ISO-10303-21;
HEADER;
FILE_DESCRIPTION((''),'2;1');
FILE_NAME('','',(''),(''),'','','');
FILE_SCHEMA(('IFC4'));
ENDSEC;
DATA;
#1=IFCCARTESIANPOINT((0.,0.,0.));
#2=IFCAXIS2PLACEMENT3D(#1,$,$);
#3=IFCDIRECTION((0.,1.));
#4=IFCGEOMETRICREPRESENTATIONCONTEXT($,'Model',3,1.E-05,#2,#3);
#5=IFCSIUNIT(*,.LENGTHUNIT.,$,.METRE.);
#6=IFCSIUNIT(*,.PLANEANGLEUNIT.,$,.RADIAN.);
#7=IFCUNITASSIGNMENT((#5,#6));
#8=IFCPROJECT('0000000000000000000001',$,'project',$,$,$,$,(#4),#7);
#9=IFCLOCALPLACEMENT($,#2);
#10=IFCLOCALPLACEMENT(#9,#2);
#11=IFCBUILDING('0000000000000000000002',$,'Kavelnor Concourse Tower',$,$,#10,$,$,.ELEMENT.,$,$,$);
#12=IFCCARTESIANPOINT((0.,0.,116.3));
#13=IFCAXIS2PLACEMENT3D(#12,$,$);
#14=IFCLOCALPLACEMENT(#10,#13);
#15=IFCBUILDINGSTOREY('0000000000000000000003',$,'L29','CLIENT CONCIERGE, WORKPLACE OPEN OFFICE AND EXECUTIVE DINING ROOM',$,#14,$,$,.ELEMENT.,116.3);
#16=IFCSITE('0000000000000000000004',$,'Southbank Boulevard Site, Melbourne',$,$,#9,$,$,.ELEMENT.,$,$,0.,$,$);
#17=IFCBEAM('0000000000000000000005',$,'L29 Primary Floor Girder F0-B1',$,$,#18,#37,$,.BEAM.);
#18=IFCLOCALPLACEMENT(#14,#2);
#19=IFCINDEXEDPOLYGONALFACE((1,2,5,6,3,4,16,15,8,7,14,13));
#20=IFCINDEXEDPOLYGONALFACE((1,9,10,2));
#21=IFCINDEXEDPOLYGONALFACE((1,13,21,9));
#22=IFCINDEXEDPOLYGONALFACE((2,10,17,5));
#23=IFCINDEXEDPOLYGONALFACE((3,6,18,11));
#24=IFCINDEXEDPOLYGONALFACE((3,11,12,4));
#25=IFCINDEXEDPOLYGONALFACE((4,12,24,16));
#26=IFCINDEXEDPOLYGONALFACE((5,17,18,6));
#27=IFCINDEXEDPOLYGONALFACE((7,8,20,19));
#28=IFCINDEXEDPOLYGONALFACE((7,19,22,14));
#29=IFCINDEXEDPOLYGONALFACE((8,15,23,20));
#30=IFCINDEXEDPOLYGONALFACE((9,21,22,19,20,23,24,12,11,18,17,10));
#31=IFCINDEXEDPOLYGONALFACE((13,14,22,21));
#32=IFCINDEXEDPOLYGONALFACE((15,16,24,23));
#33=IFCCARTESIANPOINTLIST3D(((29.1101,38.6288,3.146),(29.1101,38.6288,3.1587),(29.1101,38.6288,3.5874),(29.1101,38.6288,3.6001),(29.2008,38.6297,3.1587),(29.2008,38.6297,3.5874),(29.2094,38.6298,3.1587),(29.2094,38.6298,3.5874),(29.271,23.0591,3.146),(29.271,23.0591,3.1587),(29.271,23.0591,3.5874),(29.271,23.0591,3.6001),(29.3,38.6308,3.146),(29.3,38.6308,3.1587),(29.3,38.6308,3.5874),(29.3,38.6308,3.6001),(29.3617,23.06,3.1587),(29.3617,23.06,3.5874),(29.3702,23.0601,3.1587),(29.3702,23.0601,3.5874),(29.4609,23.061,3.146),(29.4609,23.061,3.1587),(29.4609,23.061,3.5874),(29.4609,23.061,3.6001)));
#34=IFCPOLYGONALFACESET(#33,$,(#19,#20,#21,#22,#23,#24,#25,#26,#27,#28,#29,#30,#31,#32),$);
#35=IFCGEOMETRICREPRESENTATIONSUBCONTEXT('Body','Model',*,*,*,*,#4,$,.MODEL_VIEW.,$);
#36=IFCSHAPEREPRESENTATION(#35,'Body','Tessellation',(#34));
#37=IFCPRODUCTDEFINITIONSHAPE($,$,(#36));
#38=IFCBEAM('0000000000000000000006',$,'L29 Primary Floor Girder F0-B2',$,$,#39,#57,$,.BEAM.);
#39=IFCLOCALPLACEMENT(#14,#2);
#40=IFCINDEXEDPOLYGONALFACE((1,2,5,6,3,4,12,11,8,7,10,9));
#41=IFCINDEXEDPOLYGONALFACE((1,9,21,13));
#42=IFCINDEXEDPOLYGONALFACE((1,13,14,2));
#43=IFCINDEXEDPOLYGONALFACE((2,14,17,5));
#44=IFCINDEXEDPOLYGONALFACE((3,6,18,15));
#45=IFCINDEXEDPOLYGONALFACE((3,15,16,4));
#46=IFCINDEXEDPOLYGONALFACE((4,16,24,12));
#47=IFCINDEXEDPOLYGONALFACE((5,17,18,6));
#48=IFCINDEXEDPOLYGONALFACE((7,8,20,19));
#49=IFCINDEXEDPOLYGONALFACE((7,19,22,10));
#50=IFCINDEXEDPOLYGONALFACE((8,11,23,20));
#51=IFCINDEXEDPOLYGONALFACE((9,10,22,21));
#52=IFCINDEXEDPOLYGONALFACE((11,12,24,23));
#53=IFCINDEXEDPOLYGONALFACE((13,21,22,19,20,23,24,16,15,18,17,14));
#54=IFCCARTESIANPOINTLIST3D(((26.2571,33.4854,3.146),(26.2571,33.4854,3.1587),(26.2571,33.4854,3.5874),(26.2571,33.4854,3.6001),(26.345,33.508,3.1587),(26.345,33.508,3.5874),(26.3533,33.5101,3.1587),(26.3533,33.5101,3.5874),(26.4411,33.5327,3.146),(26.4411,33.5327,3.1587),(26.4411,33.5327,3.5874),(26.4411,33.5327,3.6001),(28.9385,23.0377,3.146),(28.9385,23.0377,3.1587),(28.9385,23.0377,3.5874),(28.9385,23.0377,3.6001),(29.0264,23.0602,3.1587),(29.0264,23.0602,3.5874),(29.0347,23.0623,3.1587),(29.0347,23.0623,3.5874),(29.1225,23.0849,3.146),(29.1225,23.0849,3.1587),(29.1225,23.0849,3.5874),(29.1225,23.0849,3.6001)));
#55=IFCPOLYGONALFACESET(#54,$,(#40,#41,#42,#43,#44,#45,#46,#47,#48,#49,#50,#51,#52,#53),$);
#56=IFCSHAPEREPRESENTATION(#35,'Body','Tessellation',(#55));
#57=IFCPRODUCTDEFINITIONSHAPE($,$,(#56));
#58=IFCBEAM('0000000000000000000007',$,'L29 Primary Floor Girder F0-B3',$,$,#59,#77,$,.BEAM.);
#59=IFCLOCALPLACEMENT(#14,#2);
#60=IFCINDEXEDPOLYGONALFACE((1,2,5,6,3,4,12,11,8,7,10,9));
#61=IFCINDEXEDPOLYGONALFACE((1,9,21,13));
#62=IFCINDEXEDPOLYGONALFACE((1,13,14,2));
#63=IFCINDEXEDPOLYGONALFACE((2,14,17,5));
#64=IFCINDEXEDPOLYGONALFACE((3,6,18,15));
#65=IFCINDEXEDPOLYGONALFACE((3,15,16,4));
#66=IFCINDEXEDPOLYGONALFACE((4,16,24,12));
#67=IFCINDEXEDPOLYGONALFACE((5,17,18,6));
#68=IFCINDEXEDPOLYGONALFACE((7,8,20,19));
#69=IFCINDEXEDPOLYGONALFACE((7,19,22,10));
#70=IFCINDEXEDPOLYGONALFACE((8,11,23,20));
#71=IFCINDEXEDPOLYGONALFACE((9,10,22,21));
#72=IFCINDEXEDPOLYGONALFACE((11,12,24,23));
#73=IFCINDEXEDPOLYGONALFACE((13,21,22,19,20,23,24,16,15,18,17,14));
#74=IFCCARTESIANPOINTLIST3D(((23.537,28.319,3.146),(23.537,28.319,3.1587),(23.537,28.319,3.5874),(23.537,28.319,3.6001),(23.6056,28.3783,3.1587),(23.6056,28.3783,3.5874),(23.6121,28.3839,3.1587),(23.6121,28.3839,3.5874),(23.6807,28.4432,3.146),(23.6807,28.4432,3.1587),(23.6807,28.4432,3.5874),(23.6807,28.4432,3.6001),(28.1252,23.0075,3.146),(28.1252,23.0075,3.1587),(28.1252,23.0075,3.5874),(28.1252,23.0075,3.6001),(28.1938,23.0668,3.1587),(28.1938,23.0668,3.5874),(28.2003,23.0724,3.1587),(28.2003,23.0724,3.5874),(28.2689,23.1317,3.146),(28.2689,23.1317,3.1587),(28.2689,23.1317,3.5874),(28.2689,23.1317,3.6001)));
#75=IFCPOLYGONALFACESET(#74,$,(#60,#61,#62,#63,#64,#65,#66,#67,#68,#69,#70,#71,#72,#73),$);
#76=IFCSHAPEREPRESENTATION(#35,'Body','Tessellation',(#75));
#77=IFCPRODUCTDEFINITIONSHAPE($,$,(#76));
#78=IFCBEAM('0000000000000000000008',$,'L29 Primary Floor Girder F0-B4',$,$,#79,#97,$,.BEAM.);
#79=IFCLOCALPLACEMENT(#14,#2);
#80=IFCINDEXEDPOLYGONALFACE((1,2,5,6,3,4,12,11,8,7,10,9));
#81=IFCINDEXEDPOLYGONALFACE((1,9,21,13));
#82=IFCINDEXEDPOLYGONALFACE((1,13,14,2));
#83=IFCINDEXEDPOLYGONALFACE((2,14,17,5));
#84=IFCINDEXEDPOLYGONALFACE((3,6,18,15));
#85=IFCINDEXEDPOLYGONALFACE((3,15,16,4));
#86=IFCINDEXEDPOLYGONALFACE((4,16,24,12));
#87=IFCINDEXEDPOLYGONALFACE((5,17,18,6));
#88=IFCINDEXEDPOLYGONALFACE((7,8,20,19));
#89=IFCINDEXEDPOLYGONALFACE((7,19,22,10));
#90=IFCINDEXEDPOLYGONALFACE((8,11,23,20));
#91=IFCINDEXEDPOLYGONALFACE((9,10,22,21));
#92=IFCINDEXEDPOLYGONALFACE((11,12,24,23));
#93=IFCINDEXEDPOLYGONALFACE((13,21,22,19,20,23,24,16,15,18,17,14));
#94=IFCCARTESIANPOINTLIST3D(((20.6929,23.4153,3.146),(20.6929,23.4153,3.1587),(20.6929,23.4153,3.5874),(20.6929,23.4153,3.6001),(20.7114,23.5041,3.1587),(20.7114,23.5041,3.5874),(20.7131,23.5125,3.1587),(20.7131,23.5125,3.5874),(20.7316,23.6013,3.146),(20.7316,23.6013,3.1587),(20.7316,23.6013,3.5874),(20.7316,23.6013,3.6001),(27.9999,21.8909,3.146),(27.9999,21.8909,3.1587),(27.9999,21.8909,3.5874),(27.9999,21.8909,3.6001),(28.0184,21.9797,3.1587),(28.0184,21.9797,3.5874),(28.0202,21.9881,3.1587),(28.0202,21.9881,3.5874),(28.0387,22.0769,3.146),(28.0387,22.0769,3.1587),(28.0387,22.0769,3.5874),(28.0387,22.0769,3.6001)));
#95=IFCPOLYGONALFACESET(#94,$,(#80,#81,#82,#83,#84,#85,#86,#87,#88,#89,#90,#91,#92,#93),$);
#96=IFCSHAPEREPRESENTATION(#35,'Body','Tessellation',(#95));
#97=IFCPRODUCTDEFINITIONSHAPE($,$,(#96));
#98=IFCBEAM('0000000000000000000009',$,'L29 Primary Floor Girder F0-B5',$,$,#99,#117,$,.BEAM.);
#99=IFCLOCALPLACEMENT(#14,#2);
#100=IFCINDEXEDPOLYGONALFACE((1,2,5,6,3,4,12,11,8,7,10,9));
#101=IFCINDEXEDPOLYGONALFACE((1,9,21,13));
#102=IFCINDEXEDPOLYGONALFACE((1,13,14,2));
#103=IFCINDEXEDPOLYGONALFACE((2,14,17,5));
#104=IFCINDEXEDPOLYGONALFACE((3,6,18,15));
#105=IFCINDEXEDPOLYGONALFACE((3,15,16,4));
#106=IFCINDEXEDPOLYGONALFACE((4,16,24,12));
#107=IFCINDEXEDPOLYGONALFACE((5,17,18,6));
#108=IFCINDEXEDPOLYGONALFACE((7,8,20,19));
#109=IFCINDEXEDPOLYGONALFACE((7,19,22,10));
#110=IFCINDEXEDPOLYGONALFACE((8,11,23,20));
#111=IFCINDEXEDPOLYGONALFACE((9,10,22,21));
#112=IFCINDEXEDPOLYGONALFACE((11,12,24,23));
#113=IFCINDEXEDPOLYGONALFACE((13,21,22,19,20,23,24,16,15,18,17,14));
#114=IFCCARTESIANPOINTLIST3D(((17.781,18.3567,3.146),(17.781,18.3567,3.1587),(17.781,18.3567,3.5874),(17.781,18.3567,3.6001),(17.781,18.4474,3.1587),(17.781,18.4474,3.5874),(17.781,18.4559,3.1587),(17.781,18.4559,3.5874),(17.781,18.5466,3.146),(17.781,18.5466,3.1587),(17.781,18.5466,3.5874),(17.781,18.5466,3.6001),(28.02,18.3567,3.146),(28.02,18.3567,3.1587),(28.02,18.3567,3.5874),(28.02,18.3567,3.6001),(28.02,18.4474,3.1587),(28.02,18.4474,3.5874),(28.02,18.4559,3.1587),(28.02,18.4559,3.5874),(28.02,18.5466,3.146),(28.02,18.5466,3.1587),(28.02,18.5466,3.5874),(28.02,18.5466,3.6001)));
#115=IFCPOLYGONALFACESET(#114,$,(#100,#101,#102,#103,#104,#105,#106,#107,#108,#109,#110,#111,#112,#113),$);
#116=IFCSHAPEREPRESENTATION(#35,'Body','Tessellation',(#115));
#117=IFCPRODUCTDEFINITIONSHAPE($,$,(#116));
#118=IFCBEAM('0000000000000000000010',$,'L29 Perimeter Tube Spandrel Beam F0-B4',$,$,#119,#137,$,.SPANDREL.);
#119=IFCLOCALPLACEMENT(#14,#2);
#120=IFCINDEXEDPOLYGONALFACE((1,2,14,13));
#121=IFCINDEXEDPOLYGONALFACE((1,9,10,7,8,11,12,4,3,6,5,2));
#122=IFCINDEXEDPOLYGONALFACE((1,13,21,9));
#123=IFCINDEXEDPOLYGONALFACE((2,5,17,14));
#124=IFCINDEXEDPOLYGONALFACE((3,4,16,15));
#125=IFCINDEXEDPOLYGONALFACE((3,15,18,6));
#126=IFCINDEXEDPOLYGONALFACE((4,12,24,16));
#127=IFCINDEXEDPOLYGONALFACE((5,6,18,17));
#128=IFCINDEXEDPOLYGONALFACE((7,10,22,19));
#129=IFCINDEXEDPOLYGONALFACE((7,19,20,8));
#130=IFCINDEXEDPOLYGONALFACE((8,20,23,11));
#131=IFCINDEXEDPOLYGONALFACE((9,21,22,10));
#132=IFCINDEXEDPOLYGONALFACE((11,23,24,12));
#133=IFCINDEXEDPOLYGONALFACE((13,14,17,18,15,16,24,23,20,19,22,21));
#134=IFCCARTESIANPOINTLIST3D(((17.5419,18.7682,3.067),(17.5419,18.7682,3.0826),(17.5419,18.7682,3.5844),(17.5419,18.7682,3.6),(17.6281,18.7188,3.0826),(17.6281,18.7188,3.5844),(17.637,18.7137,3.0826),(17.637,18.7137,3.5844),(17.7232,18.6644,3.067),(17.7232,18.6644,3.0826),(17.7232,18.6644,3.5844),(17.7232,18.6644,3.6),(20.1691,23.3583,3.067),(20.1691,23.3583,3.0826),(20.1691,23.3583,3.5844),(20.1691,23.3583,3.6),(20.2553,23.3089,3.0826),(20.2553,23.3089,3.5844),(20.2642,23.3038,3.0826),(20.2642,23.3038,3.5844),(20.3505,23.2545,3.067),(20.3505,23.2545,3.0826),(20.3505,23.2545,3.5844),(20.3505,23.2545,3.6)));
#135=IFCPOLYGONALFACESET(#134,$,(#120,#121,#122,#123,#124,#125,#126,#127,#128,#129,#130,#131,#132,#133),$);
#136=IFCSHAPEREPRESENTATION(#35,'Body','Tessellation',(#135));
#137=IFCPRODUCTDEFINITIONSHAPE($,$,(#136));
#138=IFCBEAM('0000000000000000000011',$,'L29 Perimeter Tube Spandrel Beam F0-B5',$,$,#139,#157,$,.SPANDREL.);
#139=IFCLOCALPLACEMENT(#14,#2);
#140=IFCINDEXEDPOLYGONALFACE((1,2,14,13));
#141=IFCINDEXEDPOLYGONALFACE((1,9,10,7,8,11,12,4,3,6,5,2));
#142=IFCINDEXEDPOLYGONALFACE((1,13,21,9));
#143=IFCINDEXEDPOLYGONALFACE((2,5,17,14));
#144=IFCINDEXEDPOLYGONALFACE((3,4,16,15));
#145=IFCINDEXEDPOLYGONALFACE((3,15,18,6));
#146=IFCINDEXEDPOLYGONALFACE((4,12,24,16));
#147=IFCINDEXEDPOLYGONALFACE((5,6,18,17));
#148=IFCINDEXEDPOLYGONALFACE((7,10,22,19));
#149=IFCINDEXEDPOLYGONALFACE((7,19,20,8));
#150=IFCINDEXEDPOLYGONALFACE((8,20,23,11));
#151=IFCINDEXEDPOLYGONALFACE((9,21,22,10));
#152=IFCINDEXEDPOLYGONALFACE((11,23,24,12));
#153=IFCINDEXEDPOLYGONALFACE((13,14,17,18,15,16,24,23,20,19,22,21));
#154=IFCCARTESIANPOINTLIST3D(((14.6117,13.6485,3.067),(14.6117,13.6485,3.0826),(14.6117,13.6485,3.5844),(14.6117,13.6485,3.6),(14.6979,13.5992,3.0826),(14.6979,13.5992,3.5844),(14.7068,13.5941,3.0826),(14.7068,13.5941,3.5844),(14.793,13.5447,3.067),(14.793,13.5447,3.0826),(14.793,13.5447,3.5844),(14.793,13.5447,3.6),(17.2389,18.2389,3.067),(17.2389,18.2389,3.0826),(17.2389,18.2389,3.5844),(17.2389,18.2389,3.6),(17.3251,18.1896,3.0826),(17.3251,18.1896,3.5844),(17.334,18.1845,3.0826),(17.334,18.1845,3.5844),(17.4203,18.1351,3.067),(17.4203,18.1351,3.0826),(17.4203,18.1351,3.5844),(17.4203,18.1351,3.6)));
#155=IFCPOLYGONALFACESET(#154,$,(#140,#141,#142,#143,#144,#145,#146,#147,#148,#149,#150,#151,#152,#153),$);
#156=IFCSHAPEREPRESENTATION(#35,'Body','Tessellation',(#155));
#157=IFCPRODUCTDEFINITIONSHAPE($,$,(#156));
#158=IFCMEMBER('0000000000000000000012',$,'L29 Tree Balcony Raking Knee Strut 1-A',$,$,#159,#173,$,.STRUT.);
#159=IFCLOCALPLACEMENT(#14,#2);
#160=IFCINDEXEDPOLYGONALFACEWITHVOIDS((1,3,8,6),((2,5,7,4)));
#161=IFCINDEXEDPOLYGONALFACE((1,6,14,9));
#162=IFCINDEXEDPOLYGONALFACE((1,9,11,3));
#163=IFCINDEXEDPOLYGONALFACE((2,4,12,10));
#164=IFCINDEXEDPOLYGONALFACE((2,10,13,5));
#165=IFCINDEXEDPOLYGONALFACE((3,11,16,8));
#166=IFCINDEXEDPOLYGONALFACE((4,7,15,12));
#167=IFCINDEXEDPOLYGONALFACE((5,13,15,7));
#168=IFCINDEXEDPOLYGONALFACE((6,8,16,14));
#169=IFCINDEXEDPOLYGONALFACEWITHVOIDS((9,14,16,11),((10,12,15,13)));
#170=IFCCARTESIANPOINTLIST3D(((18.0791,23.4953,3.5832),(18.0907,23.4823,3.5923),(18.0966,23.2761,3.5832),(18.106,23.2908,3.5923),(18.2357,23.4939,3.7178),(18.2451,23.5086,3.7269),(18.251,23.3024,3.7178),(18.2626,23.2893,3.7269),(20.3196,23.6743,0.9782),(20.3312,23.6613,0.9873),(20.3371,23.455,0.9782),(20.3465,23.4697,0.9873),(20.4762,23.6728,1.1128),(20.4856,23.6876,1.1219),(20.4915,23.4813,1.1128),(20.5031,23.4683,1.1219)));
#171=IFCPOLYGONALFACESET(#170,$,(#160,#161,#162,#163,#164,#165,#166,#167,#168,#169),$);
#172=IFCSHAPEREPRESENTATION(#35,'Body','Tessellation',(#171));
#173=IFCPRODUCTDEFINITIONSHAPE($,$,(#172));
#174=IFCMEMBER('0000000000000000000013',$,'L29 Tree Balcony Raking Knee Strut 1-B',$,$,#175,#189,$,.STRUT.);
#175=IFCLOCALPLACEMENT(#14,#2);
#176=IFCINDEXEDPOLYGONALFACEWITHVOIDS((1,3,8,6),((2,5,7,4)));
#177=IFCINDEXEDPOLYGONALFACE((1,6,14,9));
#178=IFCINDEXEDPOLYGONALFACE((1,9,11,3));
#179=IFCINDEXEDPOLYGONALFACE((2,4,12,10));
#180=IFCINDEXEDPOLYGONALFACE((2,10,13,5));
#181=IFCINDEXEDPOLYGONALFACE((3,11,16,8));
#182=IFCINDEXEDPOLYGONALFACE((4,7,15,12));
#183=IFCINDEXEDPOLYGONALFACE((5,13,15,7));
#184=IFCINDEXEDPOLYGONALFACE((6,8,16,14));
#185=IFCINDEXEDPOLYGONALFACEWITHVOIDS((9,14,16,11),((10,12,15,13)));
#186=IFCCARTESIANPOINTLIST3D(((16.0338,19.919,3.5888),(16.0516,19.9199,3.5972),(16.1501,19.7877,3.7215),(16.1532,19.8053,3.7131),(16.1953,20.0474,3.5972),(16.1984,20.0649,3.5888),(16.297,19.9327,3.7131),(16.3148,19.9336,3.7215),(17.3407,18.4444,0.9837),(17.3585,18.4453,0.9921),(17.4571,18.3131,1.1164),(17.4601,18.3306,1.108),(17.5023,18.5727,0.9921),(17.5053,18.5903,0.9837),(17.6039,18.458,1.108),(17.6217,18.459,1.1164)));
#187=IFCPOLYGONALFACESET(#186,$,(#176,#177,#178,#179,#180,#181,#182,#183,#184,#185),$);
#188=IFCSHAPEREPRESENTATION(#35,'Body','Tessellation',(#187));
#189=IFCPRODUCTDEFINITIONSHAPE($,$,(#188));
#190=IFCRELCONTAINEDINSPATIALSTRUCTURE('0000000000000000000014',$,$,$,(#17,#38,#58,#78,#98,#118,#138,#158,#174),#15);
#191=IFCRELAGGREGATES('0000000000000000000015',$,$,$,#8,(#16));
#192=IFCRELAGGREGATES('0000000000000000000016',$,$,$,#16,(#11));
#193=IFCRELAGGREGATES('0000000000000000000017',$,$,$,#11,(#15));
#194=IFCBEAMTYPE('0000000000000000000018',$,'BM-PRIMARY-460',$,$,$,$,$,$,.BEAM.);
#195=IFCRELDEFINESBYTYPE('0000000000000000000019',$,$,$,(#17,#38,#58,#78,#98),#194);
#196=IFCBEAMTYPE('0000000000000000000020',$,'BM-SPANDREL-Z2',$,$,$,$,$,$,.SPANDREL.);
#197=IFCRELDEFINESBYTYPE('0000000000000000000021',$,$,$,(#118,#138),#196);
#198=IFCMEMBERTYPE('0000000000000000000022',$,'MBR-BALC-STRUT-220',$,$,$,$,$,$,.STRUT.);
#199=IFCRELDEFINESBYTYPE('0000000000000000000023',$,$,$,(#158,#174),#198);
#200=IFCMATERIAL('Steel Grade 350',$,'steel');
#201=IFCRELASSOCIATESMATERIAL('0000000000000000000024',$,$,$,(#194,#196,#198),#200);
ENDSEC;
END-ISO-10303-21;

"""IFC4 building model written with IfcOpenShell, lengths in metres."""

from ifc_helpers import new_model, si_unit, direction, frame, origin, origin_2d, place, context, subcontext, project, spatial, hollow_rectangle, i_section, extrude, material, material_profile, profile_set, type_object, element, save


model = new_model("IFC4")

# Units and contexts
model_context = context("Model", 3, precision=1e-05, world=origin(), true_north=direction((0.0, 1.0)))
body_context = subcontext(model_context, "Body", "Model", "MODEL_VIEW")
ifc_project = project(units=[si_unit("LENGTHUNIT", "METRE"), si_unit("PLANEANGLEUNIT", "RADIAN")], contexts=[model_context])

# Site, building, storey
site_placement = place(None, origin())
site = spatial("IfcSite", under=ifc_project, at=site_placement, Name="Southbank Boulevard Site, Melbourne", CompositionType="ELEMENT", RefElevation=0.0)
building_placement = place(site_placement, origin())
building = spatial("IfcBuilding", under=site, at=building_placement, Name="Kavelnor Concourse Tower", CompositionType="ELEMENT")
storey_placement = place(building_placement, frame((0.0, 0.0, 116.3)))
storey = spatial("IfcBuildingStorey", under=building, at=storey_placement, Name="L29", Description="CLIENT CONCIERGE, WORKPLACE OPEN OFFICE AND EXECUTIVE DINING ROOM", CompositionType="ELEMENT", Elevation=116.3)

# Shared definitions
ifc_material_1 = material(Name="Steel Grade 350", Category="steel")

# Beams
ifc_material_profile_1 = material_profile(ifc_material_1, i_section(OverallWidth=0.1899, OverallDepth=0.4541, WebThickness=0.0085, FlangeThickness=0.0127, at=origin_2d()), Name="460UB67")
ifc_profile_set_1 = profile_set([ifc_material_profile_1], Name="Steel Grade 350")
beam_type_1 = type_object("IfcBeamType", Name="BM-PRIMARY-460", PredefinedType="BEAM", material=ifc_profile_set_1)
beam_1_placement = place(storey_placement, frame((29.366, 23.0601, 3.373), z_axis=(-0.010333, 0.999947, 0.0), x_axis=(-0.999947, -0.010333, 0.0)))
element("IfcBeam", 1, at=beam_1_placement, inside=storey, type_object=beam_type_1, Name="L29 Primary Floor Girder F0-B1", PredefinedType="BEAM", context=body_context, shape_type="SweptSolid", body=[
    extrude(i_section(OverallWidth=0.1899, OverallDepth=0.4541, WebThickness=0.0085, FlangeThickness=0.0127, at=origin_2d()), origin(), (0.0, 0.0, 1.0), 15.5706),
])
beam_2_placement = place(storey_placement, frame((29.0305, 23.0613, 3.373), z_axis=(-0.248592, 0.968608, 0.0), x_axis=(-0.968608, -0.248592, 0.0)))
element("IfcBeam", 2, at=beam_2_placement, inside=storey, type_object=beam_type_1, Name="L29 Primary Floor Girder F0-B2", PredefinedType="BEAM", context=body_context, shape_type="SweptSolid", body=[
    extrude(i_section(OverallWidth=0.1899, OverallDepth=0.4541, WebThickness=0.0085, FlangeThickness=0.0127, at=origin_2d()), origin(), (0.0, 0.0, 1.0), 10.7864),
])
beam_3_placement = place(storey_placement, frame((28.197, 23.0696, 3.373), z_axis=(-0.653694, 0.756759, 0.0), x_axis=(-0.756759, -0.653694, 0.0)))
element("IfcBeam", 3, at=beam_3_placement, inside=storey, type_object=beam_type_1, Name="L29 Primary Floor Girder F0-B3", PredefinedType="BEAM", context=body_context, shape_type="SweptSolid", body=[
    extrude(i_section(OverallWidth=0.1899, OverallDepth=0.4541, WebThickness=0.0085, FlangeThickness=0.0127, at=origin_2d()), origin(), (0.0, 0.0, 1.0), 7.0188),
])
beam_4_placement = place(storey_placement, frame((28.0193, 21.9839, 3.373), z_axis=(-0.978924, 0.204223, 0.0), x_axis=(-0.204223, -0.978924, 0.0)))
element("IfcBeam", 4, at=beam_4_placement, inside=storey, type_object=beam_type_1, Name="L29 Primary Floor Girder F0-B4", PredefinedType="BEAM", context=body_context, shape_type="SweptSolid", body=[
    extrude(i_section(OverallWidth=0.1899, OverallDepth=0.4541, WebThickness=0.0085, FlangeThickness=0.0127, at=origin_2d()), origin(), (0.0, 0.0, 1.0), 7.4644),
])
beam_5_placement = place(storey_placement, frame((28.02, 18.4517, 3.373), z_axis=(-1.0, 0.0, 0.0), x_axis=(0.0, -1.0, 0.0)))
element("IfcBeam", 5, at=beam_5_placement, inside=storey, type_object=beam_type_1, Name="L29 Primary Floor Girder F0-B5", PredefinedType="BEAM", context=body_context, shape_type="SweptSolid", body=[
    extrude(i_section(OverallWidth=0.1899, OverallDepth=0.4541, WebThickness=0.0085, FlangeThickness=0.0127, at=origin_2d()), origin(), (0.0, 0.0, 1.0), 10.239),
])
ifc_material_profile_2 = material_profile(ifc_material_1, i_section(OverallWidth=0.209, OverallDepth=0.533, WebThickness=0.0103, FlangeThickness=0.0156, at=origin_2d()), Name="530UB92")
ifc_profile_set_2 = profile_set([ifc_material_profile_2], Name="Steel Grade 350")
beam_type_2 = type_object("IfcBeamType", Name="BM-SPANDREL-Z2", PredefinedType="SPANDREL", material=ifc_profile_set_2)
beam_6_placement = place(storey_placement, frame((20.2598, 23.3064, 3.3335), z_axis=(-0.49675, -0.867894, 0.0), x_axis=(0.867894, -0.49675, 0.0)))
element("IfcBeam", 6, at=beam_6_placement, inside=storey, type_object=beam_type_2, Name="L29 Perimeter Tube Spandrel Beam F0-B4", PredefinedType="SPANDREL", context=body_context, shape_type="SweptSolid", body=[
    extrude(i_section(OverallWidth=0.209, OverallDepth=0.533, WebThickness=0.0103, FlangeThickness=0.0156, at=origin_2d()), origin(), (0.0, 0.0, 1.0), 5.2888),
])
beam_7_placement = place(storey_placement, frame((17.3296, 18.187, 3.3335), z_axis=(-0.49673, -0.867905, 0.0), x_axis=(0.867905, -0.49673, 0.0)))
element("IfcBeam", 7, at=beam_7_placement, inside=storey, type_object=beam_type_2, Name="L29 Perimeter Tube Spandrel Beam F0-B5", PredefinedType="SPANDREL", context=body_context, shape_type="SweptSolid", body=[
    extrude(i_section(OverallWidth=0.209, OverallDepth=0.533, WebThickness=0.0103, FlangeThickness=0.0156, at=origin_2d()), origin(), (0.0, 0.0, 1.0), 5.2891),
])

# Members
ifc_material_profile_3 = material_profile(ifc_material_1, hollow_rectangle(XDim=0.22, YDim=0.22, WallThickness=0.0139, at=origin_2d()), Name="SHS 220x220x14")
ifc_profile_set_3 = profile_set([ifc_material_profile_3], Name="Steel Grade 350")
member_type = type_object("IfcMemberType", Name="MBR-BALC-STRUT-220", PredefinedType="STRUT", material=ifc_profile_set_3)
member_1_placement = place(storey_placement, frame((20.4114, 23.5713, 1.05), z_axis=(-0.651189, -0.052013, 0.757131), x_axis=(0.07962, -0.996825, 0.0)))
element("IfcMember", 8, at=member_1_placement, inside=storey, type_object=member_type, Name="L29 Tree Balcony Raking Knee Strut 1-A", PredefinedType="STRUT", context=body_context, shape_type="SweptSolid", body=[
    extrude(hollow_rectangle(XDim=0.22, YDim=0.22, WallThickness=0.0139, at=origin_2d()), origin(), (0.0, 0.0, 1.0), 3.4407),
])
member_2_placement = place(storey_placement, frame((17.4812, 18.4517, 1.05), z_axis=(-0.400119, 0.45147, 0.797546), x_axis=(-0.748386, -0.663263, 0.0)))
element("IfcMember", 9, at=member_2_placement, inside=storey, type_object=member_type, Name="L29 Tree Balcony Raking Knee Strut 1-B", PredefinedType="STRUT", context=body_context, shape_type="SweptSolid", body=[
    extrude(hollow_rectangle(XDim=0.22, YDim=0.22, WallThickness=0.0139, at=origin_2d()), origin(), (0.0, 0.0, 1.0), 3.2664),
])

save(model, "model.ifc")
